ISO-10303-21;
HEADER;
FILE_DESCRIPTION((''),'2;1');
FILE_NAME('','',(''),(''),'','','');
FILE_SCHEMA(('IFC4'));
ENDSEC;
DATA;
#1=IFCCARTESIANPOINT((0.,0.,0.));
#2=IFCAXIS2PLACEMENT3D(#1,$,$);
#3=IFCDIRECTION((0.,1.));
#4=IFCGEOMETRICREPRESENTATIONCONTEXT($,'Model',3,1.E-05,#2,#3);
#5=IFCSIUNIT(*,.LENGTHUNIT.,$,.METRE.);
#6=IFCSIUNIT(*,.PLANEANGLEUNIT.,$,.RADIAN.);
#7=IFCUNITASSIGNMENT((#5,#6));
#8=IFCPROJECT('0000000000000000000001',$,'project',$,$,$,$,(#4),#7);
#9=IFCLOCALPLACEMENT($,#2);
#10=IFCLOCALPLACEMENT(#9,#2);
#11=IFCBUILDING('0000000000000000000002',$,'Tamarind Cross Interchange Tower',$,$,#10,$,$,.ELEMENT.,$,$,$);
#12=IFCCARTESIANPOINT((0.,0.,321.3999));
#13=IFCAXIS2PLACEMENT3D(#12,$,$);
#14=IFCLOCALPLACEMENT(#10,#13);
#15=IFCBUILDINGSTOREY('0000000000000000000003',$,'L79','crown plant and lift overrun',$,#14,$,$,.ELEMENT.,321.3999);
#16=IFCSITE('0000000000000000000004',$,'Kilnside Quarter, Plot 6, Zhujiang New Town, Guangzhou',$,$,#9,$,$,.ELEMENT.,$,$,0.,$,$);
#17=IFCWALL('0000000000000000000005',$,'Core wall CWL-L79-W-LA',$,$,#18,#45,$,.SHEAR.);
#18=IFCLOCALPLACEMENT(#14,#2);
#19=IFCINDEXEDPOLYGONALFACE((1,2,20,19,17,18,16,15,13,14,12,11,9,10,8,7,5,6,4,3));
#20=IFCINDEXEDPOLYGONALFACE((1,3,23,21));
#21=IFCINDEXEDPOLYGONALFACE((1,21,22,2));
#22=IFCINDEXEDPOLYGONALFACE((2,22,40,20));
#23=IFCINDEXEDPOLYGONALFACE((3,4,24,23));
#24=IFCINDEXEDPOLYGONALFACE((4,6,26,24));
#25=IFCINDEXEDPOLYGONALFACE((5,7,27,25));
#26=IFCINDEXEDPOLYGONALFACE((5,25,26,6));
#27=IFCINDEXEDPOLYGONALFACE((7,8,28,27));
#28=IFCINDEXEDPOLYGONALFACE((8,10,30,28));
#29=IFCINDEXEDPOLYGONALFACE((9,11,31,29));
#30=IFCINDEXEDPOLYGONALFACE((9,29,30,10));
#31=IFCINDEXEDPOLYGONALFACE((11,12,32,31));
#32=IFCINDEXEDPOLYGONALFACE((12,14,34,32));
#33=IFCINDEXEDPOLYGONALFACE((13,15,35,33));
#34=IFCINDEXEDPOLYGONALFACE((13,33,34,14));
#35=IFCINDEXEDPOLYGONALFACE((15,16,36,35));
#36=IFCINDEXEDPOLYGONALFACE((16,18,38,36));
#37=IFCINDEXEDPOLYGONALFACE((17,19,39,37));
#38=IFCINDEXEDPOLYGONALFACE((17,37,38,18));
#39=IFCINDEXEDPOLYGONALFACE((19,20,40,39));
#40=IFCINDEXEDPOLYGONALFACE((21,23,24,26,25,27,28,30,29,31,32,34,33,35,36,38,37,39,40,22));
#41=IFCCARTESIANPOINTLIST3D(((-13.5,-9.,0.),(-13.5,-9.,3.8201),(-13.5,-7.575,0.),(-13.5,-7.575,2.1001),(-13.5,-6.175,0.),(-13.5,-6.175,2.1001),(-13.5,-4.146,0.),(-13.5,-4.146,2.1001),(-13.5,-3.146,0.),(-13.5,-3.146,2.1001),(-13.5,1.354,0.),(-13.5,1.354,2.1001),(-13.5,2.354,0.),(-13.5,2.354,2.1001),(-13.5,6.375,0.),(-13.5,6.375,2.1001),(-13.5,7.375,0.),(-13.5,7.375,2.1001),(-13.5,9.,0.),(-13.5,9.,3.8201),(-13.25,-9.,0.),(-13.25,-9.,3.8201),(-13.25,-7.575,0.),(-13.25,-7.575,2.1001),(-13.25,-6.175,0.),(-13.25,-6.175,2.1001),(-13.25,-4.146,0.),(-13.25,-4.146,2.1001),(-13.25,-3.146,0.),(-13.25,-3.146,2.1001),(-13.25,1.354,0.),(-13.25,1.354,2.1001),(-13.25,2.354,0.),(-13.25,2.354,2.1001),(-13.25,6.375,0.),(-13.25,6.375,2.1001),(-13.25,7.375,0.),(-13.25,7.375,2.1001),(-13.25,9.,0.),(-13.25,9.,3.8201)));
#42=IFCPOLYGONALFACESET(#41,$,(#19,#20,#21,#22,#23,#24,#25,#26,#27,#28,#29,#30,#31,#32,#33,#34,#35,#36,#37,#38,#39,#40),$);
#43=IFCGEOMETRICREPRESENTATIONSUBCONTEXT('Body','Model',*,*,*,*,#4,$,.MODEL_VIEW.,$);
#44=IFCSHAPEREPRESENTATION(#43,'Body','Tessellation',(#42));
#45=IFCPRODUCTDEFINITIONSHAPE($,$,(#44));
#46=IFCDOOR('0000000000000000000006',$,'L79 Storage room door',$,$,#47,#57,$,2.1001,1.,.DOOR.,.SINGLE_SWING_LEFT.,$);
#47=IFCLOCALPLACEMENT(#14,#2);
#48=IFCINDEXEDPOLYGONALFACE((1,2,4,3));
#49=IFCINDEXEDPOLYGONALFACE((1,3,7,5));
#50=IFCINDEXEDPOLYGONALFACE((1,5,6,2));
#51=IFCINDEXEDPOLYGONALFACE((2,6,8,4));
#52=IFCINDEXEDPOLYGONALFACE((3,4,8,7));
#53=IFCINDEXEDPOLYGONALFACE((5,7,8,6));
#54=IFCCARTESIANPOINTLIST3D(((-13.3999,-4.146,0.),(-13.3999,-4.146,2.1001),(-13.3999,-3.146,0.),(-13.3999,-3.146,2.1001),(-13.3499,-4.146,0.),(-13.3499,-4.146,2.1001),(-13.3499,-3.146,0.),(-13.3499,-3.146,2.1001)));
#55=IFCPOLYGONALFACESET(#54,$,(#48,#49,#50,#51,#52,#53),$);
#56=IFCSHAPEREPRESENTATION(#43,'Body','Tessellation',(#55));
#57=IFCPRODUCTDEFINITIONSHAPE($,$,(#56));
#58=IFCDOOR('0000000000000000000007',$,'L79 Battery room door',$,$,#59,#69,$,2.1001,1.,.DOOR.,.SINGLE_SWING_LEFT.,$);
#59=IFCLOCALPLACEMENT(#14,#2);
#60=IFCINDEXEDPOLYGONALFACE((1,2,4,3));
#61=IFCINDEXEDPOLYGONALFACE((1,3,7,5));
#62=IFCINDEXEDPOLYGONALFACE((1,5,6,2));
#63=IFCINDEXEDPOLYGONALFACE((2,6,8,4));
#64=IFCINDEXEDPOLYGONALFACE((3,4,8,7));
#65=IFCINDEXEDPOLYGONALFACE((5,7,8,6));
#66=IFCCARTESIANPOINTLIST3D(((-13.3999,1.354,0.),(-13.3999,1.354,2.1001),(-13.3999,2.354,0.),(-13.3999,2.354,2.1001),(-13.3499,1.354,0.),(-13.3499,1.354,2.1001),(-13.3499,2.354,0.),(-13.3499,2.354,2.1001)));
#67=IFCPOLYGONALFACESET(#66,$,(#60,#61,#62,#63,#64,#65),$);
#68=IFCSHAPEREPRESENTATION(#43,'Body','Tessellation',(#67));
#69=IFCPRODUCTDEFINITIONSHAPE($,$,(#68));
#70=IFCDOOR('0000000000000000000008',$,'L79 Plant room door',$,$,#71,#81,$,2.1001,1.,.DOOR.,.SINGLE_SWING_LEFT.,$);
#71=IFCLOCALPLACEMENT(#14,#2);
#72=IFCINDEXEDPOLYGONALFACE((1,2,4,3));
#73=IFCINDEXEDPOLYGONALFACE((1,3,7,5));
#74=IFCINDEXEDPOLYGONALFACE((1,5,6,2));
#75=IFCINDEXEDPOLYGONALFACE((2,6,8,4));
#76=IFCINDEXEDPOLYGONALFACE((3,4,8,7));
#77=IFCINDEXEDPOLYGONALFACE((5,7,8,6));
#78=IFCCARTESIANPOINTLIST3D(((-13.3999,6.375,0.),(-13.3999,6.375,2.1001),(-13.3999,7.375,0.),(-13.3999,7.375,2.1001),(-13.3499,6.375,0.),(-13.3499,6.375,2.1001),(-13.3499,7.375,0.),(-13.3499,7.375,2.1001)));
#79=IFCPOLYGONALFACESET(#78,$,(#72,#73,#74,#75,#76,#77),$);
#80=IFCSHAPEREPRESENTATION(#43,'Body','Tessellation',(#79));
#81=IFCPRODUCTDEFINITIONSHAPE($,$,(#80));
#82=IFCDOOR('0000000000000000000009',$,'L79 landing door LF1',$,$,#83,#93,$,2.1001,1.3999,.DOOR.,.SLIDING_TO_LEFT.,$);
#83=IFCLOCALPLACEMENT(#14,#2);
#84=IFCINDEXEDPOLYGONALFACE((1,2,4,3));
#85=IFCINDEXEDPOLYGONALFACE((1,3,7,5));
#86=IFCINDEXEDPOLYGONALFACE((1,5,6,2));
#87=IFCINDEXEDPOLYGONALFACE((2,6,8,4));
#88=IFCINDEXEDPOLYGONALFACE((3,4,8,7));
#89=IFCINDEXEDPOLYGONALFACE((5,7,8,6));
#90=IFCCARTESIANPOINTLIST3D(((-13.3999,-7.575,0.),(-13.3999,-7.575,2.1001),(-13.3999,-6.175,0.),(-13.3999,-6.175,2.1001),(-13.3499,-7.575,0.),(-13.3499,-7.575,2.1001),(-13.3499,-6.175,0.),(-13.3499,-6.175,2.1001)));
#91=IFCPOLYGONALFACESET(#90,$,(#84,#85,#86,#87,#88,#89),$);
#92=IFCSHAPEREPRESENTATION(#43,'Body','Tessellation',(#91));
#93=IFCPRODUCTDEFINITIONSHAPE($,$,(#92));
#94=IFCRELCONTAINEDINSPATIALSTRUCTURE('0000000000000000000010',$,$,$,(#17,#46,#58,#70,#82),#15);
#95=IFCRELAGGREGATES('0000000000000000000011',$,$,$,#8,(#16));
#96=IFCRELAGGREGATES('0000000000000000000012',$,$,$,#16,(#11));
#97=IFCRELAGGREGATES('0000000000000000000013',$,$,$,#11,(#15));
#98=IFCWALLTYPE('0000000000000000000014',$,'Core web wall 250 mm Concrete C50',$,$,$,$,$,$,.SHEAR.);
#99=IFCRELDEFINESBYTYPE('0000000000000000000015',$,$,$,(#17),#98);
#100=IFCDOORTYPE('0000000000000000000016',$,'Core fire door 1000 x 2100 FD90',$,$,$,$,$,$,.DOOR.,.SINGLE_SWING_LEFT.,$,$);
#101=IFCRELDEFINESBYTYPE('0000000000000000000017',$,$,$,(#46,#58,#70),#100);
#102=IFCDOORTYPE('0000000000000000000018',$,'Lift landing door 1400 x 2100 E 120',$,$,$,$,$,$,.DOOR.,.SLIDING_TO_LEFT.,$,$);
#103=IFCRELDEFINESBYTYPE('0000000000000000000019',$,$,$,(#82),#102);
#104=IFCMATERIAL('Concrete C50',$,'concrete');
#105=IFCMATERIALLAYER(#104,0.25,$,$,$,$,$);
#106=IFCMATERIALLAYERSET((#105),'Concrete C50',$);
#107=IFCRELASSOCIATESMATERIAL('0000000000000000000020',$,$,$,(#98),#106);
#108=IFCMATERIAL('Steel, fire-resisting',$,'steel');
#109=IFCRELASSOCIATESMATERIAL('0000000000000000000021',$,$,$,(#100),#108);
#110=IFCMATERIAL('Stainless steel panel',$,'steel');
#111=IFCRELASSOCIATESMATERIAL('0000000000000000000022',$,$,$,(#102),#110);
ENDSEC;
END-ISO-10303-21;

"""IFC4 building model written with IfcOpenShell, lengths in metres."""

from ifc_helpers import new_model, si_unit, direction, frame, frame_2d, origin, place, context, subcontext, project, spatial, rectangle, extrude, material, layer, layer_set, type_object, element, fill, save


model = new_model("IFC4")

# Units and contexts
model_context = context("Model", 3, precision=1e-05, world=origin(), true_north=direction((0.0, 1.0)))
body_context = subcontext(model_context, "Body", "Model", "MODEL_VIEW")
ifc_project = project(units=[si_unit("LENGTHUNIT", "METRE"), si_unit("PLANEANGLEUNIT", "RADIAN")], contexts=[model_context])

# Site, building, storey
site_placement = place(None, origin())
site = spatial("IfcSite", under=ifc_project, at=site_placement, Name="Kilnside Quarter, Plot 6, Zhujiang New Town, Guangzhou", CompositionType="ELEMENT", RefElevation=0.0)
building_placement = place(site_placement, origin())
building = spatial("IfcBuilding", under=site, at=building_placement, Name="Tamarind Cross Interchange Tower", CompositionType="ELEMENT")
storey_placement = place(building_placement, frame((0.0, 0.0, 321.3999)))
storey = spatial("IfcBuildingStorey", under=building, at=storey_placement, Name="L79", Description="crown plant and lift overrun", CompositionType="ELEMENT", Elevation=321.3999)

# Shared definitions
ifc_material_1 = material(Name="Concrete C50", Category="concrete")
ifc_layer_1 = layer(ifc_material_1, 0.25)
ifc_layer_set_1 = layer_set([ifc_layer_1], Name="Concrete C50")
wall_type_1 = type_object("IfcWallType", Name="Core web wall 250 mm Concrete C50", PredefinedType="SHEAR", material=ifc_layer_set_1)

# Wall, openings, doors
wall_1_placement = place(storey_placement, frame((-13.375, -9.0, 0.0), z_axis=(0.0, 0.0, 1.0), x_axis=(0.0, 1.0, 0.0)))
wall_1 = element("IfcWall", 1, at=wall_1_placement, inside=storey, type_object=wall_type_1, Name="Core wall CWL-L79-W-LA", PredefinedType="SHEAR", context=body_context, shape_type="SweptSolid", body=[
    extrude(rectangle(XDim=18.0, YDim=0.25, at=frame_2d((9.0, 0.0))), origin(), (0.0, 0.0, 1.0), 3.8201),
])
opening_1_placement = place(wall_1_placement, frame((1.425, 0.0, 0.0)))
opening_1 = element("IfcOpeningElement", 2, at=opening_1_placement, cuts=wall_1, PredefinedType="OPENING", context=body_context, shape_type="SweptSolid", body=[
    extrude(rectangle(XDim=1.3999, YDim=2.1001, at=frame_2d((0.7, 1.05))), frame((0.0, 0.135, 0.0), z_axis=(0.0, -1.0, 0.0), x_axis=(1.0, 0.0, 0.0)), (0.0, 0.0, 1.0), 0.27),
])
opening_2_placement = place(wall_1_placement, frame((4.854, 0.0, 0.0)))
opening_2 = element("IfcOpeningElement", 3, at=opening_2_placement, cuts=wall_1, PredefinedType="OPENING", context=body_context, shape_type="SweptSolid", body=[
    extrude(rectangle(XDim=1.0, YDim=2.1001, at=frame_2d((0.5, 1.05))), frame((0.0, 0.135, 0.0), z_axis=(0.0, -1.0, 0.0), x_axis=(1.0, 0.0, 0.0)), (0.0, 0.0, 1.0), 0.27),
])
opening_3_placement = place(wall_1_placement, frame((10.354, 0.0, 0.0)))
opening_3 = element("IfcOpeningElement", 4, at=opening_3_placement, cuts=wall_1, PredefinedType="OPENING", context=body_context, shape_type="SweptSolid", body=[
    extrude(rectangle(XDim=1.0, YDim=2.1001, at=frame_2d((0.5, 1.05))), frame((0.0, 0.135, 0.0), z_axis=(0.0, -1.0, 0.0), x_axis=(1.0, 0.0, 0.0)), (0.0, 0.0, 1.0), 0.27),
])
opening_4_placement = place(wall_1_placement, frame((15.375, 0.0, 0.0)))
opening_4 = element("IfcOpeningElement", 5, at=opening_4_placement, cuts=wall_1, PredefinedType="OPENING", context=body_context, shape_type="SweptSolid", body=[
    extrude(rectangle(XDim=1.0, YDim=2.1001, at=frame_2d((0.5, 1.05))), frame((0.0, 0.135, 0.0), z_axis=(0.0, -1.0, 0.0), x_axis=(1.0, 0.0, 0.0)), (0.0, 0.0, 1.0), 0.27),
])
ifc_material_2 = material(Name="Steel, fire-resisting", Category="steel")
door_type_1 = type_object("IfcDoorType", Name="Core fire door 1000 x 2100 FD90", OperationType="SINGLE_SWING_LEFT", PredefinedType="DOOR", material=ifc_material_2)
door_1_placement = place(opening_2_placement, origin())
door_1 = element("IfcDoor", 6, at=door_1_placement, inside=storey, type_object=door_type_1, Name="L79 Storage room door", OperationType="SINGLE_SWING_LEFT", OverallHeight=2.1001, OverallWidth=1.0, PredefinedType="DOOR", context=body_context, shape_type="SweptSolid", body=[
    extrude(rectangle(XDim=1.0, YDim=2.1001, at=frame_2d((0.5, 1.05))), frame((0.0, 0.0249, 0.0), z_axis=(0.0, -1.0, 0.0), x_axis=(1.0, 0.0, 0.0)), (0.0, 0.0, 1.0), 0.05),
])
fill(opening_2, door_1)
door_2_placement = place(opening_3_placement, origin())
door_2 = element("IfcDoor", 7, at=door_2_placement, inside=storey, type_object=door_type_1, Name="L79 Battery room door", OperationType="SINGLE_SWING_LEFT", OverallHeight=2.1001, OverallWidth=1.0, PredefinedType="DOOR", context=body_context, shape_type="SweptSolid", body=[
    extrude(rectangle(XDim=1.0, YDim=2.1001, at=frame_2d((0.5, 1.05))), frame((0.0, 0.0249, 0.0), z_axis=(0.0, -1.0, 0.0), x_axis=(1.0, 0.0, 0.0)), (0.0, 0.0, 1.0), 0.05),
])
fill(opening_3, door_2)
door_3_placement = place(opening_4_placement, origin())
door_3 = element("IfcDoor", 8, at=door_3_placement, inside=storey, type_object=door_type_1, Name="L79 Plant room door", OperationType="SINGLE_SWING_LEFT", OverallHeight=2.1001, OverallWidth=1.0, PredefinedType="DOOR", context=body_context, shape_type="SweptSolid", body=[
    extrude(rectangle(XDim=1.0, YDim=2.1001, at=frame_2d((0.5, 1.05))), frame((0.0, 0.0249, 0.0), z_axis=(0.0, -1.0, 0.0), x_axis=(1.0, 0.0, 0.0)), (0.0, 0.0, 1.0), 0.05),
])
fill(opening_4, door_3)
ifc_material_3 = material(Name="Stainless steel panel", Category="steel")
door_type_2 = type_object("IfcDoorType", Name="Lift landing door 1400 x 2100 E 120", OperationType="SLIDING_TO_LEFT", PredefinedType="DOOR", material=ifc_material_3)
door_4_placement = place(opening_1_placement, origin())
door_4 = element("IfcDoor", 9, at=door_4_placement, inside=storey, type_object=door_type_2, Name="L79 landing door LF1", OperationType="SLIDING_TO_LEFT", OverallHeight=2.1001, OverallWidth=1.3999, PredefinedType="DOOR", context=body_context, shape_type="SweptSolid", body=[
    extrude(rectangle(XDim=1.3999, YDim=2.1001, at=frame_2d((0.7, 1.05))), frame((0.0, 0.0249, 0.0), z_axis=(0.0, -1.0, 0.0), x_axis=(1.0, 0.0, 0.0)), (0.0, 0.0, 1.0), 0.05),
])
fill(opening_1, door_4)

save(model, "model.ifc")
